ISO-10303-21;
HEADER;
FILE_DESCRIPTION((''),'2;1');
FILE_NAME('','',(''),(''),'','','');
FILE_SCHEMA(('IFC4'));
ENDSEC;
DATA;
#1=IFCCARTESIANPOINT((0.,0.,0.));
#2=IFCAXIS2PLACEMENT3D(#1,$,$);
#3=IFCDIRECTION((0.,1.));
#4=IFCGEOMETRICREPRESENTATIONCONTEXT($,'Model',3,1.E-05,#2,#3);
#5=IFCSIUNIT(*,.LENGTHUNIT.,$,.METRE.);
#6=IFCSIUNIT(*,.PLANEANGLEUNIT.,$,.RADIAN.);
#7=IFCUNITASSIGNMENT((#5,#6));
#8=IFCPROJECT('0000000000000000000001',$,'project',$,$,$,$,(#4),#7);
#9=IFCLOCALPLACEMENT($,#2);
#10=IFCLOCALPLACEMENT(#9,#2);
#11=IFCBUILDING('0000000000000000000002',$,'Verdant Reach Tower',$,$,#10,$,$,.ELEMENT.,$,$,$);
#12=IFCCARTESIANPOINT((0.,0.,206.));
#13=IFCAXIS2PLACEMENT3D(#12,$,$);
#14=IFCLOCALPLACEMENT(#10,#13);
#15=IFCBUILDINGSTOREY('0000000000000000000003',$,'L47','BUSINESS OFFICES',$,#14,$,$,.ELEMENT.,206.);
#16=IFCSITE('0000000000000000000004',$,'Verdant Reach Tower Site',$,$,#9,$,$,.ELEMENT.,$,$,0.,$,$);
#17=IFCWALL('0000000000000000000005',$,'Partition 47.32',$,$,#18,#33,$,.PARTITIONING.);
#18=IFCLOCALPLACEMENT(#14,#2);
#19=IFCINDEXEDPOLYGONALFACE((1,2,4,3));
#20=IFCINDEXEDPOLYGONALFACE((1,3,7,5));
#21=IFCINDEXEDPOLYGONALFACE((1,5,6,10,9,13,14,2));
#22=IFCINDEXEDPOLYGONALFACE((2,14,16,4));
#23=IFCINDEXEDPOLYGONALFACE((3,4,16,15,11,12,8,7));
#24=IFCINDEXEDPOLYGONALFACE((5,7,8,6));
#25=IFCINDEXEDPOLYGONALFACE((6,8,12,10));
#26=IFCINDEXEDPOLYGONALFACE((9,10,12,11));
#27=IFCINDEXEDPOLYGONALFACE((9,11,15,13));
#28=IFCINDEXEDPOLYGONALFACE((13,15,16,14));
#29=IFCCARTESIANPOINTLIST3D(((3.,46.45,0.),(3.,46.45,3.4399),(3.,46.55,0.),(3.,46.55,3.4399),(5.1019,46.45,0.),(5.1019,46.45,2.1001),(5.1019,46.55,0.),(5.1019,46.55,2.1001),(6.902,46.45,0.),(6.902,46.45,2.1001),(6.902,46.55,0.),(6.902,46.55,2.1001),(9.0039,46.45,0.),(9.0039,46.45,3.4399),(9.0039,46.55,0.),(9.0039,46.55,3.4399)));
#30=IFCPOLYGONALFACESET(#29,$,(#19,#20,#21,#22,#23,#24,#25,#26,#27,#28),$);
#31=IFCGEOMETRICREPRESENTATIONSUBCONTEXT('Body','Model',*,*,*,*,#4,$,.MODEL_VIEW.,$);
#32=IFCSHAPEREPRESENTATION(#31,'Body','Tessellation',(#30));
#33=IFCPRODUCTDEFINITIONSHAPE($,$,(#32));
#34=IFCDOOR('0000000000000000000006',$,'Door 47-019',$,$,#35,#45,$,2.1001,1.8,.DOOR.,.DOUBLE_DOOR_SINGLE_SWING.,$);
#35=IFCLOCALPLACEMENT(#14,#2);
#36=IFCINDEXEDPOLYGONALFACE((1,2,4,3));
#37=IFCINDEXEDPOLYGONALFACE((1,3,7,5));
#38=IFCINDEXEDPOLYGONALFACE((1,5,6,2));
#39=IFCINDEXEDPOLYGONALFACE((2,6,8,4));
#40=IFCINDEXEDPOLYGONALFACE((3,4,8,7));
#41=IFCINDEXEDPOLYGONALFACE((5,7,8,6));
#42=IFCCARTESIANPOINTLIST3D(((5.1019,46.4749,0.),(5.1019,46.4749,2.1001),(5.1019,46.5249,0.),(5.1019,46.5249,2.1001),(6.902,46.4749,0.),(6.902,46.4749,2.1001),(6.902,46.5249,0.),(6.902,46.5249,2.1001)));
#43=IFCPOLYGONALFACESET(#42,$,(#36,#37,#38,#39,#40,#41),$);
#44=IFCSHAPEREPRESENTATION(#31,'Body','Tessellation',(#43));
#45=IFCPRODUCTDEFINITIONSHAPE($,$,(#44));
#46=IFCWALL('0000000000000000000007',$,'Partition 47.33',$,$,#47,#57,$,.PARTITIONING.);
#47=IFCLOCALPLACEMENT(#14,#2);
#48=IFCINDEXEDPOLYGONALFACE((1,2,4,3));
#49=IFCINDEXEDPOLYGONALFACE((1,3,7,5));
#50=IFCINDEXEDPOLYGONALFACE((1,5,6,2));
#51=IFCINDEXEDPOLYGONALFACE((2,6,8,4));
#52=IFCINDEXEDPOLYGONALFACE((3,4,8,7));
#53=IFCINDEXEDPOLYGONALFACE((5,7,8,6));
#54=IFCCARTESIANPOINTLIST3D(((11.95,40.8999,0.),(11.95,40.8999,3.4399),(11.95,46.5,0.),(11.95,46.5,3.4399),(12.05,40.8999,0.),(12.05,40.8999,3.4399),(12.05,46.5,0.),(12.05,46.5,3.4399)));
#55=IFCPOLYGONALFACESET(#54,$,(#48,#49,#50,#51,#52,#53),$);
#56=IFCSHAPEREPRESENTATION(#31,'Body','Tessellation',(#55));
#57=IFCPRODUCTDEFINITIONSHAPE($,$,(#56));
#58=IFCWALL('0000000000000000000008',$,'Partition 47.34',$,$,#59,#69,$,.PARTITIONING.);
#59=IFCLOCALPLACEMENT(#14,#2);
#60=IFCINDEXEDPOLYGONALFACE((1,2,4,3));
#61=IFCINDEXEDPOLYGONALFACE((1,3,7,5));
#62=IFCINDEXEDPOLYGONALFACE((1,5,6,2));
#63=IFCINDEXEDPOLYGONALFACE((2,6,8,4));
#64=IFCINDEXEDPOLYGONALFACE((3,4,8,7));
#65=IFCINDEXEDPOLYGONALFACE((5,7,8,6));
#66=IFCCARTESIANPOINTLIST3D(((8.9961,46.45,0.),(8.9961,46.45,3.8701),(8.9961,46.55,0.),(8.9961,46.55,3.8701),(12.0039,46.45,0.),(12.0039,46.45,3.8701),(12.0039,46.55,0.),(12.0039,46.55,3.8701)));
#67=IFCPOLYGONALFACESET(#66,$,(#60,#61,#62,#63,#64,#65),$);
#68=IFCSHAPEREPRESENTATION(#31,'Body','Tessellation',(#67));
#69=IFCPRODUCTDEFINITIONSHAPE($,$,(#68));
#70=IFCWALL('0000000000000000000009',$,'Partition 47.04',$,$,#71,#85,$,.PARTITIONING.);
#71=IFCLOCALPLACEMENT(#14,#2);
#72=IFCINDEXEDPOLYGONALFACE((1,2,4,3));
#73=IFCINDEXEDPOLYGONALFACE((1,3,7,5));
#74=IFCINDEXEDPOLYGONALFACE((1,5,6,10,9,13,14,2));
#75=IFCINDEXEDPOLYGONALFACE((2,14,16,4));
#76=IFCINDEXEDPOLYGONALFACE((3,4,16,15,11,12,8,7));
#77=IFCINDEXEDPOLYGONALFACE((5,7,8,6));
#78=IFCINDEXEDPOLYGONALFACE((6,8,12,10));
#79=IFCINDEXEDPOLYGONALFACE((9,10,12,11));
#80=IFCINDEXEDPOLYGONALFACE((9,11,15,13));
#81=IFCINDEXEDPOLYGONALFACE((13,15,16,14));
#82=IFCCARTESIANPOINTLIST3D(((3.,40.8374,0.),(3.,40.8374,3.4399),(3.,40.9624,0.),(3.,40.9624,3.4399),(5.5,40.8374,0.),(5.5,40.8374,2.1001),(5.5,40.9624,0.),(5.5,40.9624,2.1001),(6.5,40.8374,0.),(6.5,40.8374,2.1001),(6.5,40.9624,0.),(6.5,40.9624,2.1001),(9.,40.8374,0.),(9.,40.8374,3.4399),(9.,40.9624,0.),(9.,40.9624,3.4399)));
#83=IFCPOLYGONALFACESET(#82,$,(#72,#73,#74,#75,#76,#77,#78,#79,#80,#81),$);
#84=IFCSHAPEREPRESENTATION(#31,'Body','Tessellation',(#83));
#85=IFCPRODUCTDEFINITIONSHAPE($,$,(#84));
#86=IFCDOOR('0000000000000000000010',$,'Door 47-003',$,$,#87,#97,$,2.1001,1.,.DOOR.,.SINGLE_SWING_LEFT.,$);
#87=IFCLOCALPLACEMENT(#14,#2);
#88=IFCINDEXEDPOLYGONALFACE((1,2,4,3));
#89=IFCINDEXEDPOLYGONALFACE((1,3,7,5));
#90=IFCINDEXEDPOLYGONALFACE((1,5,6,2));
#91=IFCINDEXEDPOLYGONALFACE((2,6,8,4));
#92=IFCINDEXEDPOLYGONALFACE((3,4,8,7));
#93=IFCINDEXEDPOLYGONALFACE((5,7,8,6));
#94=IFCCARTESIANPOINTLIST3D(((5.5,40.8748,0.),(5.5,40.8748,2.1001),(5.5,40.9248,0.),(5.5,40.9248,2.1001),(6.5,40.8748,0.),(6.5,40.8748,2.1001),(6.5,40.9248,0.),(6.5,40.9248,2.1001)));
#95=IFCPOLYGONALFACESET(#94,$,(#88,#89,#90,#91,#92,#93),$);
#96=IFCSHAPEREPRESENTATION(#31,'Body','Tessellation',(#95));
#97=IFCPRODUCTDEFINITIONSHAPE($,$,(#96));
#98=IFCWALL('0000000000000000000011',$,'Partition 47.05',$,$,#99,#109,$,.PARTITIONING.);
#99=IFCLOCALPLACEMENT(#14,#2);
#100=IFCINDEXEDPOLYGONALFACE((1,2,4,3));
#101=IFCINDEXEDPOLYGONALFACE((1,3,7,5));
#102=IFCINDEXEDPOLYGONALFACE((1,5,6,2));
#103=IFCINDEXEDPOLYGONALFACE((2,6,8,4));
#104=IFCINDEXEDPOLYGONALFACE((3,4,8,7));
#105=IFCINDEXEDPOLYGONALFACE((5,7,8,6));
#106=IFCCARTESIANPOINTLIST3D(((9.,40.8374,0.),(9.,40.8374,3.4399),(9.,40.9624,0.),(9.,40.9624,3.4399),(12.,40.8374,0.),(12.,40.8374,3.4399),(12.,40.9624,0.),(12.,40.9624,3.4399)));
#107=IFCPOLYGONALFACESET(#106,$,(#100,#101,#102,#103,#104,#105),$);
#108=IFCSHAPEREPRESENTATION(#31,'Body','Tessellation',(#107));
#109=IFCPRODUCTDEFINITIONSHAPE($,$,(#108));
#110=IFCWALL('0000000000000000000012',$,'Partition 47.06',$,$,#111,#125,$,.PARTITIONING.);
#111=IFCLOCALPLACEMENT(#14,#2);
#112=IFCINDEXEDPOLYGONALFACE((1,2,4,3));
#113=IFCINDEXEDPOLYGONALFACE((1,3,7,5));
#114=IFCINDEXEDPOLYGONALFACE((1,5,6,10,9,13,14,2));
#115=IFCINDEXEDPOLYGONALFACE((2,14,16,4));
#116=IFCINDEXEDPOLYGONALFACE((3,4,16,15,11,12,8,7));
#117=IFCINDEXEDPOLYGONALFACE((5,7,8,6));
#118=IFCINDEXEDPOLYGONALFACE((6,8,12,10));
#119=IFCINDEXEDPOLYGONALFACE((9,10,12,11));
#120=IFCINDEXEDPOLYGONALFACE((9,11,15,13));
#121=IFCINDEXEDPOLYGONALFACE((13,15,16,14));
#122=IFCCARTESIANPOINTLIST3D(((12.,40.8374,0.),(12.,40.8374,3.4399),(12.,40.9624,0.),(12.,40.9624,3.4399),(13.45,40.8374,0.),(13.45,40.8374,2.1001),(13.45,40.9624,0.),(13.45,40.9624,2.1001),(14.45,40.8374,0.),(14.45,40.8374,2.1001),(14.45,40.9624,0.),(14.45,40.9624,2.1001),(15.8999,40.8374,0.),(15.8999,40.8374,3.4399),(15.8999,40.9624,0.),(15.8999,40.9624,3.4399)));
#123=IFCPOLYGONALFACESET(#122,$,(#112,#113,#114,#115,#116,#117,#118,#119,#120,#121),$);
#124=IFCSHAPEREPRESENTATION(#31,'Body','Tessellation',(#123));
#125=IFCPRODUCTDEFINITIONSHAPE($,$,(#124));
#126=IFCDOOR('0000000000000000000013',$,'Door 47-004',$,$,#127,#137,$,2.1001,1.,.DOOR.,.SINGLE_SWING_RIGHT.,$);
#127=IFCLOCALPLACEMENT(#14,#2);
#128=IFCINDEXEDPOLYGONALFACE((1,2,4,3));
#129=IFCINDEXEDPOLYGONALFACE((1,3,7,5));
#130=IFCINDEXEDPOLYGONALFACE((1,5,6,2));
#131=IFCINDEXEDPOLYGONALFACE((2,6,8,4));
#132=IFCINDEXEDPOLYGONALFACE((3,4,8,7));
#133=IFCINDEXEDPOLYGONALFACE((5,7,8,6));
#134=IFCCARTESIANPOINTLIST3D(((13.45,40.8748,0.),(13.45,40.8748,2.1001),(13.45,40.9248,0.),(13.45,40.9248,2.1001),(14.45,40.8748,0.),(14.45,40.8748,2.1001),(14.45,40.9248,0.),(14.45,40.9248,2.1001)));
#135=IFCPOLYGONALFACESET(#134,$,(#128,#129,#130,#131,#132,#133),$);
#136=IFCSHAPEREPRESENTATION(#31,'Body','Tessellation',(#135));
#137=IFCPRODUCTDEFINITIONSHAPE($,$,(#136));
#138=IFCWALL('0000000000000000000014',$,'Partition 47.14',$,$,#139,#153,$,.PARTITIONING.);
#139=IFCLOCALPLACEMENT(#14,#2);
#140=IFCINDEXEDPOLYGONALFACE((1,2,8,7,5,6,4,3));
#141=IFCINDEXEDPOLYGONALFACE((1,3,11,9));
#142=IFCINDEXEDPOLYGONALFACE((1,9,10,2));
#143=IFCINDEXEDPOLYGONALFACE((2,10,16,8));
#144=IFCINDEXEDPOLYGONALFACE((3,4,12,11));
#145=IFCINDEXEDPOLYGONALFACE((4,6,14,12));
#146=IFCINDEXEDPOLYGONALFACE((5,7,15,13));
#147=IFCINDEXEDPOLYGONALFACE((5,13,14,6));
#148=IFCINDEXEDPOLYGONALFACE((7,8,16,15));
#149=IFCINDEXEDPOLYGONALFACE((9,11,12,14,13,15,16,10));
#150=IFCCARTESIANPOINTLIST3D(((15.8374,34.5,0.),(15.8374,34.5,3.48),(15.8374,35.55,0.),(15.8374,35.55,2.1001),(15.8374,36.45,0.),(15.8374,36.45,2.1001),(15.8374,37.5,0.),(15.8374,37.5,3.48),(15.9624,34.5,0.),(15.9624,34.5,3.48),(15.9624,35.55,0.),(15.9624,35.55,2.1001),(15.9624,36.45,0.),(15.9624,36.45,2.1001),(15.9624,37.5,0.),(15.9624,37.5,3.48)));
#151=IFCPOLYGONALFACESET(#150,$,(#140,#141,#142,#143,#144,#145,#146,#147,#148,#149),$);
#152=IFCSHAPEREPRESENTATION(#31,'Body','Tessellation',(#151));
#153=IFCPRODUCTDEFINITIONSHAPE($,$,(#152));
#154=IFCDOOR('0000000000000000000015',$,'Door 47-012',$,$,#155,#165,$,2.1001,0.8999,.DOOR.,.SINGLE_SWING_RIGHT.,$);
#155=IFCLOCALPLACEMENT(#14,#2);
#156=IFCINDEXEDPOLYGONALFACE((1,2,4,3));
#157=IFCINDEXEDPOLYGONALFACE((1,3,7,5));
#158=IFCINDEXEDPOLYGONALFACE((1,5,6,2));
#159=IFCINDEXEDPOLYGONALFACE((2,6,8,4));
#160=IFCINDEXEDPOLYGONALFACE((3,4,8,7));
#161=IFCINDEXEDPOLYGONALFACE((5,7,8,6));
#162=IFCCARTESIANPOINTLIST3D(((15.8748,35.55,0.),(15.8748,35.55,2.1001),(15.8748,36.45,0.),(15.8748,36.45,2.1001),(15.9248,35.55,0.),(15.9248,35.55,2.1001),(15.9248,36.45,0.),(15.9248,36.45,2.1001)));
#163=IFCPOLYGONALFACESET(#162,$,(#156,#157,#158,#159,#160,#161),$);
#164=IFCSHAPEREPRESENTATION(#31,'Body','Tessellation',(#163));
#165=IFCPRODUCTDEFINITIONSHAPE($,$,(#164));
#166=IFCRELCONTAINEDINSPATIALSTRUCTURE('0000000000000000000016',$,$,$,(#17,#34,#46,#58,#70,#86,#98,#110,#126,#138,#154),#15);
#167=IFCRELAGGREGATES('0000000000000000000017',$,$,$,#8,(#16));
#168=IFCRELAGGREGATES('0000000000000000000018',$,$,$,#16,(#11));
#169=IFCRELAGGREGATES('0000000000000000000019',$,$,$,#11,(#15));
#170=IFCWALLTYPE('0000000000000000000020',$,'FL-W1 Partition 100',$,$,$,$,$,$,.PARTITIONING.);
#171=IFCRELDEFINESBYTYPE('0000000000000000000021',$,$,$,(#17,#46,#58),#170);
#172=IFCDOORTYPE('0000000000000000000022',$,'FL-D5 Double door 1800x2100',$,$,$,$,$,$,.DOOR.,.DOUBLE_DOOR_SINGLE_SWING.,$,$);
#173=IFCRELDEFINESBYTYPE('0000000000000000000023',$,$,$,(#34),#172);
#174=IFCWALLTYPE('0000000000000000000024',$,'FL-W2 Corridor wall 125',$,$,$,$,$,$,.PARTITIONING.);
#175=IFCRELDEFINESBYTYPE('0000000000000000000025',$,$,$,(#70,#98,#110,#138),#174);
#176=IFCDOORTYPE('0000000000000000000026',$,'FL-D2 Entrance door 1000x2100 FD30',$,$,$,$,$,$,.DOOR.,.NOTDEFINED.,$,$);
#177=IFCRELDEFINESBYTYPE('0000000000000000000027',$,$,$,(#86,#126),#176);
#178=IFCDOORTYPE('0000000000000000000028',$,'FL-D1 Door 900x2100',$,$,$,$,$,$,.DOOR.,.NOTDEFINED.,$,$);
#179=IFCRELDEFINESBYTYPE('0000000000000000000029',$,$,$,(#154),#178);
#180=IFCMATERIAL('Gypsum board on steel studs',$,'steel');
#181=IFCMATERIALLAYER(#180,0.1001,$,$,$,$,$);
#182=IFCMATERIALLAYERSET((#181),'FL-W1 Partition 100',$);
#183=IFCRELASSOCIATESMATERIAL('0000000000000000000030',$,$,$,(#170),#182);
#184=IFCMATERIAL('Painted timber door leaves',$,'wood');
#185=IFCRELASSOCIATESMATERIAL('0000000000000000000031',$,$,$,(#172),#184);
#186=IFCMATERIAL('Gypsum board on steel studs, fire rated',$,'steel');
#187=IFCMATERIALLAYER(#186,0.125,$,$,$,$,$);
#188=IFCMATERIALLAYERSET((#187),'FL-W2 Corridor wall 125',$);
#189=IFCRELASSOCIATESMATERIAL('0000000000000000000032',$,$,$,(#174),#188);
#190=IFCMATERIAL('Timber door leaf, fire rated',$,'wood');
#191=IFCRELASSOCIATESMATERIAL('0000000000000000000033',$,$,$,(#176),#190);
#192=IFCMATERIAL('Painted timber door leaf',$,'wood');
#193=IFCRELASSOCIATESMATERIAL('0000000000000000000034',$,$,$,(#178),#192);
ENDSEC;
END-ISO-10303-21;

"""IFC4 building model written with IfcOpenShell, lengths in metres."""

from ifc_helpers import new_model, si_unit, direction, frame, frame_2d, origin, place, context, subcontext, project, spatial, rectangle, extrude, material, layer, layer_set, type_object, element, fill, save


model = new_model("IFC4")

# Units and contexts
model_context = context("Model", 3, precision=1e-05, world=origin(), true_north=direction((0.0, 1.0)))
body_context = subcontext(model_context, "Body", "Model", "MODEL_VIEW")
ifc_project = project(units=[si_unit("LENGTHUNIT", "METRE"), si_unit("PLANEANGLEUNIT", "RADIAN")], contexts=[model_context])

# Site, building, storey
site_placement = place(None, origin())
site = spatial("IfcSite", under=ifc_project, at=site_placement, Name="Verdant Reach Tower Site", CompositionType="ELEMENT", RefElevation=0.0)
building_placement = place(site_placement, origin())
building = spatial("IfcBuilding", under=site, at=building_placement, Name="Verdant Reach Tower", CompositionType="ELEMENT")
storey_placement = place(building_placement, frame((0.0, 0.0, 206.0)))
storey = spatial("IfcBuildingStorey", under=building, at=storey_placement, Name="L47", Description="BUSINESS OFFICES", CompositionType="ELEMENT", Elevation=206.0)

# Shared definitions
ifc_material_1 = material(Name="Gypsum board on steel studs", Category="steel")
ifc_layer_1 = layer(ifc_material_1, 0.1001)
ifc_layer_set_1 = layer_set([ifc_layer_1], Name="FL-W1 Partition 100")
wall_type_1 = type_object("IfcWallType", Name="FL-W1 Partition 100", PredefinedType="PARTITIONING", material=ifc_layer_set_1)

# Wall, opening, door
ifc_material_2 = material(Name="Painted timber door leaf", Category="wood")
wall_1_placement = place(storey_placement, frame((3.0, 46.5, 0.0), z_axis=(0.0, 0.0, 1.0), x_axis=(1.0, 0.0, 0.0)))
wall_1 = element("IfcWall", 1, at=wall_1_placement, inside=storey, type_object=wall_type_1, Name="Partition 47.32", PredefinedType="PARTITIONING", context=body_context, shape_type="SweptSolid", body=[
    extrude(rectangle(XDim=6.0039, YDim=0.1001, at=frame_2d((3.002, 0.0))), origin(), (0.0, 0.0, 1.0), 3.4399),
])
opening_1_placement = place(wall_1_placement, frame((2.1021, 0.0, 0.0)))
opening_1 = element("IfcOpeningElement", 2, at=opening_1_placement, cuts=wall_1, PredefinedType="OPENING", context=body_context, shape_type="SweptSolid", body=[
    extrude(rectangle(XDim=1.8, YDim=2.1001, at=frame_2d((0.8999, 1.05))), frame((0.0, 0.0601, 0.0), z_axis=(0.0, -1.0, 0.0), x_axis=(1.0, 0.0, 0.0)), (0.0, 0.0, 1.0), 0.1201),
])
ifc_material_3 = material(Name="Painted timber door leaves", Category="wood")
door_type_1 = type_object("IfcDoorType", Name="FL-D5 Double door 1800x2100", OperationType="DOUBLE_DOOR_SINGLE_SWING", PredefinedType="DOOR", material=ifc_material_3)
door_1_placement = place(opening_1_placement, origin())
door_1 = element("IfcDoor", 3, at=door_1_placement, inside=storey, type_object=door_type_1, Name="Door 47-019", OperationType="DOUBLE_DOOR_SINGLE_SWING", OverallHeight=2.1001, OverallWidth=1.8, PredefinedType="DOOR", context=body_context, shape_type="SweptSolid", body=[
    extrude(rectangle(XDim=1.8, YDim=2.1001, at=frame_2d((0.8999, 1.05))), frame((0.0, 0.0249, 0.0), z_axis=(0.0, -1.0, 0.0), x_axis=(1.0, 0.0, 0.0)), (0.0, 0.0, 1.0), 0.05),
])
fill(opening_1, door_1)

# Walls
wall_2_placement = place(storey_placement, frame((12.0, 40.8999, 0.0), z_axis=(0.0, 0.0, 1.0), x_axis=(0.0, 1.0, 0.0)))
element("IfcWall", 4, at=wall_2_placement, inside=storey, type_object=wall_type_1, Name="Partition 47.33", PredefinedType="PARTITIONING", context=body_context, shape_type="SweptSolid", body=[
    extrude(rectangle(XDim=5.6001, YDim=0.1001, at=frame_2d((2.8, 0.0))), origin(), (0.0, 0.0, 1.0), 3.4399),
])
wall_3_placement = place(storey_placement, frame((12.0039, 46.5, 0.0), z_axis=(0.0, 0.0, 1.0), x_axis=(-1.0, 0.0, 0.0)))
element("IfcWall", 5, at=wall_3_placement, inside=storey, type_object=wall_type_1, Name="Partition 47.34", PredefinedType="PARTITIONING", context=body_context, shape_type="SweptSolid", body=[
    extrude(rectangle(XDim=3.0078, YDim=0.1001, at=frame_2d((1.5039, 0.0))), origin(), (0.0, 0.0, 1.0), 3.8701),
])

# Wall, opening, door
ifc_material_4 = material(Name="Gypsum board on steel studs, fire rated", Category="steel")
ifc_layer_2 = layer(ifc_material_4, 0.125)
ifc_layer_set_2 = layer_set([ifc_layer_2], Name="FL-W2 Corridor wall 125")
wall_type_2 = type_object("IfcWallType", Name="FL-W2 Corridor wall 125", PredefinedType="PARTITIONING", material=ifc_layer_set_2)
wall_4_placement = place(storey_placement, frame((3.0, 40.8999, 0.0), z_axis=(0.0, 0.0, 1.0), x_axis=(1.0, 0.0, 0.0)))
wall_4 = element("IfcWall", 6, at=wall_4_placement, inside=storey, type_object=wall_type_2, Name="Partition 47.04", PredefinedType="PARTITIONING", context=body_context, shape_type="SweptSolid", body=[
    extrude(rectangle(XDim=6.0, YDim=0.125, at=frame_2d((3.0, 0.0))), origin(), (0.0, 0.0, 1.0), 3.4399),
])
opening_2_placement = place(wall_4_placement, frame((2.5, 0.0, 0.0)))
opening_2 = element("IfcOpeningElement", 7, at=opening_2_placement, cuts=wall_4, PredefinedType="OPENING", context=body_context, shape_type="SweptSolid", body=[
    extrude(rectangle(XDim=1.0, YDim=2.1001, at=frame_2d((0.5, 1.05))), frame((0.0, 0.0725, 0.0), z_axis=(0.0, -1.0, 0.0), x_axis=(1.0, 0.0, 0.0)), (0.0, 0.0, 1.0), 0.145),
])
ifc_material_5 = material(Name="Timber door leaf, fire rated", Category="wood")
door_type_2 = type_object("IfcDoorType", Name="FL-D2 Entrance door 1000x2100 FD30", OperationType="NOTDEFINED", PredefinedType="DOOR", material=ifc_material_5)
door_2_placement = place(opening_2_placement, origin())
door_2 = element("IfcDoor", 8, at=door_2_placement, inside=storey, type_object=door_type_2, Name="Door 47-003", OperationType="SINGLE_SWING_LEFT", OverallHeight=2.1001, OverallWidth=1.0, PredefinedType="DOOR", context=body_context, shape_type="SweptSolid", body=[
    extrude(rectangle(XDim=1.0, YDim=2.1001, at=frame_2d((0.5, 1.05))), frame((0.0, 0.0249, 0.0), z_axis=(0.0, -1.0, 0.0), x_axis=(1.0, 0.0, 0.0)), (0.0, 0.0, 1.0), 0.05),
])
fill(opening_2, door_2)

# Wall
wall_5_placement = place(storey_placement, frame((12.0, 40.8999, 0.0), z_axis=(0.0, 0.0, 1.0), x_axis=(-1.0, 0.0, 0.0)))
element("IfcWall", 9, at=wall_5_placement, inside=storey, type_object=wall_type_2, Name="Partition 47.05", PredefinedType="PARTITIONING", context=body_context, shape_type="SweptSolid", body=[
    extrude(rectangle(XDim=3.0, YDim=0.125, at=frame_2d((1.5, 0.0))), origin(), (0.0, 0.0, 1.0), 3.4399),
])

# Walls, openings, doors
wall_6_placement = place(storey_placement, frame((12.0, 40.8999, 0.0), z_axis=(0.0, 0.0, 1.0), x_axis=(1.0, 0.0, 0.0)))
wall_6 = element("IfcWall", 10, at=wall_6_placement, inside=storey, type_object=wall_type_2, Name="Partition 47.06", PredefinedType="PARTITIONING", context=body_context, shape_type="SweptSolid", body=[
    extrude(rectangle(XDim=3.8999, YDim=0.125, at=frame_2d((1.95, 0.0))), origin(), (0.0, 0.0, 1.0), 3.4399),
])
opening_3_placement = place(wall_6_placement, frame((1.45, 0.0, 0.0)))
opening_3 = element("IfcOpeningElement", 11, at=opening_3_placement, cuts=wall_6, PredefinedType="OPENING", context=body_context, shape_type="SweptSolid", body=[
    extrude(rectangle(XDim=1.0, YDim=2.1001, at=frame_2d((0.5, 1.05))), frame((0.0, 0.0725, 0.0), z_axis=(0.0, -1.0, 0.0), x_axis=(1.0, 0.0, 0.0)), (0.0, 0.0, 1.0), 0.145),
])
door_3_placement = place(opening_3_placement, origin())
door_3 = element("IfcDoor", 12, at=door_3_placement, inside=storey, type_object=door_type_2, Name="Door 47-004", OperationType="SINGLE_SWING_RIGHT", OverallHeight=2.1001, OverallWidth=1.0, PredefinedType="DOOR", context=body_context, shape_type="SweptSolid", body=[
    extrude(rectangle(XDim=1.0, YDim=2.1001, at=frame_2d((0.5, 1.05))), frame((0.0, 0.0249, 0.0), z_axis=(0.0, -1.0, 0.0), x_axis=(1.0, 0.0, 0.0)), (0.0, 0.0, 1.0), 0.05),
])
fill(opening_3, door_3)
wall_7_placement = place(storey_placement, frame((15.8999, 37.5, 0.0), z_axis=(0.0, 0.0, 1.0), x_axis=(0.0, -1.0, 0.0)))
wall_7 = element("IfcWall", 13, at=wall_7_placement, inside=storey, type_object=wall_type_2, Name="Partition 47.14", PredefinedType="PARTITIONING", context=body_context, shape_type="SweptSolid", body=[
    extrude(rectangle(XDim=3.0, YDim=0.125, at=frame_2d((1.5, 0.0))), origin(), (0.0, 0.0, 1.0), 3.48),
])
opening_4_placement = place(wall_7_placement, frame((1.05, 0.0, 0.0)))
opening_4 = element("IfcOpeningElement", 14, at=opening_4_placement, cuts=wall_7, PredefinedType="OPENING", context=body_context, shape_type="SweptSolid", body=[
    extrude(rectangle(XDim=0.8999, YDim=2.1001, at=frame_2d((0.45, 1.05))), frame((0.0, 0.0725, 0.0), z_axis=(0.0, -1.0, 0.0), x_axis=(1.0, 0.0, 0.0)), (0.0, 0.0, 1.0), 0.145),
])
door_type_3 = type_object("IfcDoorType", Name="FL-D1 Door 900x2100", OperationType="NOTDEFINED", PredefinedType="DOOR", material=ifc_material_2)
door_4_placement = place(opening_4_placement, origin())
door_4 = element("IfcDoor", 15, at=door_4_placement, inside=storey, type_object=door_type_3, Name="Door 47-012", OperationType="SINGLE_SWING_RIGHT", OverallHeight=2.1001, OverallWidth=0.8999, PredefinedType="DOOR", context=body_context, shape_type="SweptSolid", body=[
    extrude(rectangle(XDim=0.8999, YDim=2.1001, at=frame_2d((0.45, 1.05))), frame((0.0, 0.0249, 0.0), z_axis=(0.0, -1.0, 0.0), x_axis=(1.0, 0.0, 0.0)), (0.0, 0.0, 1.0), 0.05),
])
fill(opening_4, door_4)

save(model, "model.ifc")
